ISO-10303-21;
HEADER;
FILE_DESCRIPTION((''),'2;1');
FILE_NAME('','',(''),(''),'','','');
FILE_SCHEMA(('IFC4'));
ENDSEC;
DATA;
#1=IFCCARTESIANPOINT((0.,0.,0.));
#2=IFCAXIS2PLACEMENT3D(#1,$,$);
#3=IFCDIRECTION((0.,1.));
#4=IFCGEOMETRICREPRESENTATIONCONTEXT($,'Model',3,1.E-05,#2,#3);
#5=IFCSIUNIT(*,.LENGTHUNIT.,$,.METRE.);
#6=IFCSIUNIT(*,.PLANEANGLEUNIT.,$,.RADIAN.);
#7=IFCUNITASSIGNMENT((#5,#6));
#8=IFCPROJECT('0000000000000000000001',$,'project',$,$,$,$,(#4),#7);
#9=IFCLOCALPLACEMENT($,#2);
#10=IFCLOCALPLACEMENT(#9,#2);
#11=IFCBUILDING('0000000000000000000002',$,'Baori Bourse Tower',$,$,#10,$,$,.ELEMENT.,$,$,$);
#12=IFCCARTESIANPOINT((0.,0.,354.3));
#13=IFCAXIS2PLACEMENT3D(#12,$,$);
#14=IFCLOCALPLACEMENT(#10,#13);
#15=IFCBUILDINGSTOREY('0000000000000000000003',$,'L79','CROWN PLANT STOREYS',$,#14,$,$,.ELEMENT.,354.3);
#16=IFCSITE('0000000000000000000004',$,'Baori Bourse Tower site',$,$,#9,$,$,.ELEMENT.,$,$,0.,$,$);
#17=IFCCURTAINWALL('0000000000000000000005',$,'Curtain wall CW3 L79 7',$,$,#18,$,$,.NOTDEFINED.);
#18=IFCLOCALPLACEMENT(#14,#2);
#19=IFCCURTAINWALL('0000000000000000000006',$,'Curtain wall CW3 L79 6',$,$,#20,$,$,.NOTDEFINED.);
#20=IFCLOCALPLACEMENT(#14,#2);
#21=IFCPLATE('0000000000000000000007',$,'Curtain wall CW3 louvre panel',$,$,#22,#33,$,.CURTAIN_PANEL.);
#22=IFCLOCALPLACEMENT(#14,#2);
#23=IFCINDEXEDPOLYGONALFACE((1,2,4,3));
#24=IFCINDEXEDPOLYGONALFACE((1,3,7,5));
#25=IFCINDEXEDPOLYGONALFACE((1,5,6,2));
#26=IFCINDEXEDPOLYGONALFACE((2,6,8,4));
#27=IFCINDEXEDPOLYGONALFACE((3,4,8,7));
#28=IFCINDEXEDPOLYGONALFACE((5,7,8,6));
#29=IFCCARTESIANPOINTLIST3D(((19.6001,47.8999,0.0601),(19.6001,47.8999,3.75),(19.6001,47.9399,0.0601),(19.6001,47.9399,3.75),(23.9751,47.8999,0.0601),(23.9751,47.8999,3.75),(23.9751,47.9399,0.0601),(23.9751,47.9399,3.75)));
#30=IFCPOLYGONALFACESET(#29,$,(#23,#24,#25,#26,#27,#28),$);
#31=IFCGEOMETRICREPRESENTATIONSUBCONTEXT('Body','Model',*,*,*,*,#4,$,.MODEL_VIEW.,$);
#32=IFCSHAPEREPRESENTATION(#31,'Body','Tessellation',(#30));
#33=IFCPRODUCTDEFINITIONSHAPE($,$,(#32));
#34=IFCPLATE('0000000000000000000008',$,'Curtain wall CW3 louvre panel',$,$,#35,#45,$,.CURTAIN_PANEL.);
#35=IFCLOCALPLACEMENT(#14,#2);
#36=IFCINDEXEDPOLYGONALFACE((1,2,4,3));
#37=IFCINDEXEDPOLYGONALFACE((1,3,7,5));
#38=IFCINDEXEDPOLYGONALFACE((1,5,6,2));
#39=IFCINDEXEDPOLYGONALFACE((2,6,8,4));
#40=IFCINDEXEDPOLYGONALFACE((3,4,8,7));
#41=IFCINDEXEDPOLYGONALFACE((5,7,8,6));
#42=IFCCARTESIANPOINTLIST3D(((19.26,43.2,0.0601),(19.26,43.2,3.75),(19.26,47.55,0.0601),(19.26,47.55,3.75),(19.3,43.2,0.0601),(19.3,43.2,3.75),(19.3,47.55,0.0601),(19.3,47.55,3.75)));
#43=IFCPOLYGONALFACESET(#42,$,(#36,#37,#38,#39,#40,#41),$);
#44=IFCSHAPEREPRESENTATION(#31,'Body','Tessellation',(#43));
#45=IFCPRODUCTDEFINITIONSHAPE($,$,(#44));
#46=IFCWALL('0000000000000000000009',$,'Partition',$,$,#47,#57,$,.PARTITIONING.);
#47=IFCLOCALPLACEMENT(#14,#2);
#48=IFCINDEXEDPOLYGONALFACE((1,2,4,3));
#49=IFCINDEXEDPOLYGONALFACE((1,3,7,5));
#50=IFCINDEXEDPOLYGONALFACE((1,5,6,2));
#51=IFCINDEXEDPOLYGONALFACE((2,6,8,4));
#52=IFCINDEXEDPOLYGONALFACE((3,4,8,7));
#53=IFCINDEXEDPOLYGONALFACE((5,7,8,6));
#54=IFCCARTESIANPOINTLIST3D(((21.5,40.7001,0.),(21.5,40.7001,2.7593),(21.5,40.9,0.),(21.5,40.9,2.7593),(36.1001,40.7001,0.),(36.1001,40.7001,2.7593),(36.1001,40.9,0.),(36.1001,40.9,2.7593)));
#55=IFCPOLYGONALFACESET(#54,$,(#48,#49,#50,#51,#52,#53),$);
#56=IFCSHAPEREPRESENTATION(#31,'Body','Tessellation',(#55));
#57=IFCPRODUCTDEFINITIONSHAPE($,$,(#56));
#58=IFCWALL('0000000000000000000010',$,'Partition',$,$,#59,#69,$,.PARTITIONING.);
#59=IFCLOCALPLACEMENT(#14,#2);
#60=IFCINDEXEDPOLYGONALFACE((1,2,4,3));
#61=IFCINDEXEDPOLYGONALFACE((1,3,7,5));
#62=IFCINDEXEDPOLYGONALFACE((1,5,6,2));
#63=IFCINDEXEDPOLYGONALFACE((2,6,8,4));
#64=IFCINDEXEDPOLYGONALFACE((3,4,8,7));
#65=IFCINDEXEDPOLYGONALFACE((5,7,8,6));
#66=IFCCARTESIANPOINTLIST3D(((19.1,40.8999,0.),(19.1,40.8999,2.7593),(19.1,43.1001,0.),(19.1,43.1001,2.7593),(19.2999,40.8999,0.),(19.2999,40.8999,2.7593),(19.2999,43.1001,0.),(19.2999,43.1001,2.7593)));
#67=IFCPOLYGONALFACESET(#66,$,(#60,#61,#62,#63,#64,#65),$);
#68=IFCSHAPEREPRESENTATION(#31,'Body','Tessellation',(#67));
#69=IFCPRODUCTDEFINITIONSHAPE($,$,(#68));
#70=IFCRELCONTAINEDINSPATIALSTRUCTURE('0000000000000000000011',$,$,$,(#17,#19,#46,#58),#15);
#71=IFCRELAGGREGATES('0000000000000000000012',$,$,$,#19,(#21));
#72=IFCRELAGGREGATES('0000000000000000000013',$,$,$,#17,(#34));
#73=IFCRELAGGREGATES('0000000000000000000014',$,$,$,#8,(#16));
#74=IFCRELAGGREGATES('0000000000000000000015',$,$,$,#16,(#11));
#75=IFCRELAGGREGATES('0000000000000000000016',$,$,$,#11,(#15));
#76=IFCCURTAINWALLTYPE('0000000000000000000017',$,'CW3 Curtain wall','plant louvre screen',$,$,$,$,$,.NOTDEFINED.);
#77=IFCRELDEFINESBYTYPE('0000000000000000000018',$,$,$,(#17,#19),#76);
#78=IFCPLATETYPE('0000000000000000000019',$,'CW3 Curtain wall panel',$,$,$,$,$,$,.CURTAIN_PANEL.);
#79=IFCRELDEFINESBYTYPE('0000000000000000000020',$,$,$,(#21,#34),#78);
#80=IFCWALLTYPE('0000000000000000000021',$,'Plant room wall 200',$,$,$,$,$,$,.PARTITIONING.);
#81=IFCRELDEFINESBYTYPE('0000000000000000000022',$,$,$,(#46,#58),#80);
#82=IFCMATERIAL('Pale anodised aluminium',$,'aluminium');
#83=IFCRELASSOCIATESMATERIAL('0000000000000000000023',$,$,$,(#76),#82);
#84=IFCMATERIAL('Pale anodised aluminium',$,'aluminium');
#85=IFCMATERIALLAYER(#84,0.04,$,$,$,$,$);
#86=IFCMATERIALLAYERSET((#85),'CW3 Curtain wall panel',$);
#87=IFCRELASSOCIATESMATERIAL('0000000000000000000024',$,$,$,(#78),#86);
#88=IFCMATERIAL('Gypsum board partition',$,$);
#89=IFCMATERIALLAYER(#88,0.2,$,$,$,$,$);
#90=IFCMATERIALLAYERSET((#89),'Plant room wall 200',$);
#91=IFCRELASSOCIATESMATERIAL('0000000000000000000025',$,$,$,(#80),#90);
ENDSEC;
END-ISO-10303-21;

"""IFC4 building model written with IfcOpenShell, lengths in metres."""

from ifc_helpers import new_model, si_unit, direction, frame, frame_2d, origin, origin_2d, place, context, subcontext, project, spatial, rectangle, extrude, material, layer, layer_set, type_object, element, aggregate, save


model = new_model("IFC4")

# Units and contexts
model_context = context("Model", 3, precision=1e-05, world=origin(), true_north=direction((0.0, 1.0)))
body_context = subcontext(model_context, "Body", "Model", "MODEL_VIEW")
ifc_project = project(units=[si_unit("LENGTHUNIT", "METRE"), si_unit("PLANEANGLEUNIT", "RADIAN")], contexts=[model_context])

# Site, building, storey
site_placement = place(None, origin())
site = spatial("IfcSite", under=ifc_project, at=site_placement, Name="Baori Bourse Tower site", CompositionType="ELEMENT", RefElevation=0.0)
building_placement = place(site_placement, origin())
building = spatial("IfcBuilding", under=site, at=building_placement, Name="Baori Bourse Tower", CompositionType="ELEMENT")
storey_placement = place(building_placement, frame((0.0, 0.0, 354.3)))
storey = spatial("IfcBuildingStorey", under=building, at=storey_placement, Name="L79", Description="CROWN PLANT STOREYS", CompositionType="ELEMENT", Elevation=354.3)

# Curtain wall
ifc_material_1 = material(Name="Pale anodised aluminium", Category="aluminium")
curtain_wall_type = type_object("IfcCurtainWallType", Name="CW3 Curtain wall", Description="plant louvre screen", PredefinedType="NOTDEFINED", material=ifc_material_1)
curtain_wall_1_placement = place(storey_placement, origin())
curtain_wall_1 = element("IfcCurtainWall", 1, at=curtain_wall_1_placement, inside=storey, type_object=curtain_wall_type, Name="Curtain wall CW3 L79 7", PredefinedType="NOTDEFINED")

# Curtain wall, plate
curtain_wall_2_placement = place(storey_placement, origin())
curtain_wall_2 = element("IfcCurtainWall", 2, at=curtain_wall_2_placement, inside=storey, type_object=curtain_wall_type, Name="Curtain wall CW3 L79 6", PredefinedType="NOTDEFINED")
ifc_material_2 = material(Name="Pale anodised aluminium", Category="aluminium")
ifc_layer_1 = layer(ifc_material_2, 0.04)
ifc_layer_set_1 = layer_set([ifc_layer_1], Name="CW3 Curtain wall panel")
plate_type = type_object("IfcPlateType", Name="CW3 Curtain wall panel", PredefinedType="CURTAIN_PANEL", material=ifc_layer_set_1)
plate_1_placement = place(storey_placement, frame((21.7876, 47.9199, 0.0601), z_axis=(0.0, 0.0, 1.0), x_axis=(-1.0, 0.0, 0.0)))
plate_1 = element("IfcPlate", 3, at=plate_1_placement, type_object=plate_type, Name="Curtain wall CW3 louvre panel", PredefinedType="CURTAIN_PANEL", context=body_context, shape_type="SweptSolid", body=[
    extrude(rectangle(XDim=4.375, YDim=0.04, at=origin_2d()), origin(), (0.0, 0.0, 1.0), 3.6899),
])
aggregate(curtain_wall_2, [plate_1])

# Plate
plate_2_placement = place(storey_placement, frame((19.28, 45.375, 0.0601), z_axis=(0.0, 0.0, 1.0), x_axis=(0.0, -1.0, 0.0)))
plate_2 = element("IfcPlate", 4, at=plate_2_placement, type_object=plate_type, Name="Curtain wall CW3 louvre panel", PredefinedType="CURTAIN_PANEL", context=body_context, shape_type="SweptSolid", body=[
    extrude(rectangle(XDim=4.3501, YDim=0.04, at=origin_2d()), origin(), (0.0, 0.0, 1.0), 3.6899),
])
aggregate(curtain_wall_1, [plate_2])

# Walls
ifc_material_3 = material(Name="Gypsum board partition")
ifc_layer_2 = layer(ifc_material_3, 0.2)
ifc_layer_set_2 = layer_set([ifc_layer_2], Name="Plant room wall 200")
wall_type = type_object("IfcWallType", Name="Plant room wall 200", PredefinedType="PARTITIONING", material=ifc_layer_set_2)
wall_1_placement = place(storey_placement, frame((21.5, 40.8, 0.0), z_axis=(0.0, 0.0, 1.0), x_axis=(1.0, 0.0, 0.0)))
element("IfcWall", 5, at=wall_1_placement, inside=storey, type_object=wall_type, Name="Partition", PredefinedType="PARTITIONING", context=body_context, shape_type="SweptSolid", body=[
    extrude(rectangle(XDim=14.6001, YDim=0.2, at=frame_2d((7.3, 0.0))), origin(), (0.0, 0.0, 1.0), 2.7593),
])
wall_2_placement = place(storey_placement, frame((19.2, 40.8999, 0.0), z_axis=(0.0, 0.0, 1.0), x_axis=(0.0, 1.0, 0.0)))
element("IfcWall", 6, at=wall_2_placement, inside=storey, type_object=wall_type, Name="Partition", PredefinedType="PARTITIONING", context=body_context, shape_type="SweptSolid", body=[
    extrude(rectangle(XDim=2.2002, YDim=0.2, at=frame_2d((1.1001, 0.0))), origin(), (0.0, 0.0, 1.0), 2.7593),
])

save(model, "model.ifc")
